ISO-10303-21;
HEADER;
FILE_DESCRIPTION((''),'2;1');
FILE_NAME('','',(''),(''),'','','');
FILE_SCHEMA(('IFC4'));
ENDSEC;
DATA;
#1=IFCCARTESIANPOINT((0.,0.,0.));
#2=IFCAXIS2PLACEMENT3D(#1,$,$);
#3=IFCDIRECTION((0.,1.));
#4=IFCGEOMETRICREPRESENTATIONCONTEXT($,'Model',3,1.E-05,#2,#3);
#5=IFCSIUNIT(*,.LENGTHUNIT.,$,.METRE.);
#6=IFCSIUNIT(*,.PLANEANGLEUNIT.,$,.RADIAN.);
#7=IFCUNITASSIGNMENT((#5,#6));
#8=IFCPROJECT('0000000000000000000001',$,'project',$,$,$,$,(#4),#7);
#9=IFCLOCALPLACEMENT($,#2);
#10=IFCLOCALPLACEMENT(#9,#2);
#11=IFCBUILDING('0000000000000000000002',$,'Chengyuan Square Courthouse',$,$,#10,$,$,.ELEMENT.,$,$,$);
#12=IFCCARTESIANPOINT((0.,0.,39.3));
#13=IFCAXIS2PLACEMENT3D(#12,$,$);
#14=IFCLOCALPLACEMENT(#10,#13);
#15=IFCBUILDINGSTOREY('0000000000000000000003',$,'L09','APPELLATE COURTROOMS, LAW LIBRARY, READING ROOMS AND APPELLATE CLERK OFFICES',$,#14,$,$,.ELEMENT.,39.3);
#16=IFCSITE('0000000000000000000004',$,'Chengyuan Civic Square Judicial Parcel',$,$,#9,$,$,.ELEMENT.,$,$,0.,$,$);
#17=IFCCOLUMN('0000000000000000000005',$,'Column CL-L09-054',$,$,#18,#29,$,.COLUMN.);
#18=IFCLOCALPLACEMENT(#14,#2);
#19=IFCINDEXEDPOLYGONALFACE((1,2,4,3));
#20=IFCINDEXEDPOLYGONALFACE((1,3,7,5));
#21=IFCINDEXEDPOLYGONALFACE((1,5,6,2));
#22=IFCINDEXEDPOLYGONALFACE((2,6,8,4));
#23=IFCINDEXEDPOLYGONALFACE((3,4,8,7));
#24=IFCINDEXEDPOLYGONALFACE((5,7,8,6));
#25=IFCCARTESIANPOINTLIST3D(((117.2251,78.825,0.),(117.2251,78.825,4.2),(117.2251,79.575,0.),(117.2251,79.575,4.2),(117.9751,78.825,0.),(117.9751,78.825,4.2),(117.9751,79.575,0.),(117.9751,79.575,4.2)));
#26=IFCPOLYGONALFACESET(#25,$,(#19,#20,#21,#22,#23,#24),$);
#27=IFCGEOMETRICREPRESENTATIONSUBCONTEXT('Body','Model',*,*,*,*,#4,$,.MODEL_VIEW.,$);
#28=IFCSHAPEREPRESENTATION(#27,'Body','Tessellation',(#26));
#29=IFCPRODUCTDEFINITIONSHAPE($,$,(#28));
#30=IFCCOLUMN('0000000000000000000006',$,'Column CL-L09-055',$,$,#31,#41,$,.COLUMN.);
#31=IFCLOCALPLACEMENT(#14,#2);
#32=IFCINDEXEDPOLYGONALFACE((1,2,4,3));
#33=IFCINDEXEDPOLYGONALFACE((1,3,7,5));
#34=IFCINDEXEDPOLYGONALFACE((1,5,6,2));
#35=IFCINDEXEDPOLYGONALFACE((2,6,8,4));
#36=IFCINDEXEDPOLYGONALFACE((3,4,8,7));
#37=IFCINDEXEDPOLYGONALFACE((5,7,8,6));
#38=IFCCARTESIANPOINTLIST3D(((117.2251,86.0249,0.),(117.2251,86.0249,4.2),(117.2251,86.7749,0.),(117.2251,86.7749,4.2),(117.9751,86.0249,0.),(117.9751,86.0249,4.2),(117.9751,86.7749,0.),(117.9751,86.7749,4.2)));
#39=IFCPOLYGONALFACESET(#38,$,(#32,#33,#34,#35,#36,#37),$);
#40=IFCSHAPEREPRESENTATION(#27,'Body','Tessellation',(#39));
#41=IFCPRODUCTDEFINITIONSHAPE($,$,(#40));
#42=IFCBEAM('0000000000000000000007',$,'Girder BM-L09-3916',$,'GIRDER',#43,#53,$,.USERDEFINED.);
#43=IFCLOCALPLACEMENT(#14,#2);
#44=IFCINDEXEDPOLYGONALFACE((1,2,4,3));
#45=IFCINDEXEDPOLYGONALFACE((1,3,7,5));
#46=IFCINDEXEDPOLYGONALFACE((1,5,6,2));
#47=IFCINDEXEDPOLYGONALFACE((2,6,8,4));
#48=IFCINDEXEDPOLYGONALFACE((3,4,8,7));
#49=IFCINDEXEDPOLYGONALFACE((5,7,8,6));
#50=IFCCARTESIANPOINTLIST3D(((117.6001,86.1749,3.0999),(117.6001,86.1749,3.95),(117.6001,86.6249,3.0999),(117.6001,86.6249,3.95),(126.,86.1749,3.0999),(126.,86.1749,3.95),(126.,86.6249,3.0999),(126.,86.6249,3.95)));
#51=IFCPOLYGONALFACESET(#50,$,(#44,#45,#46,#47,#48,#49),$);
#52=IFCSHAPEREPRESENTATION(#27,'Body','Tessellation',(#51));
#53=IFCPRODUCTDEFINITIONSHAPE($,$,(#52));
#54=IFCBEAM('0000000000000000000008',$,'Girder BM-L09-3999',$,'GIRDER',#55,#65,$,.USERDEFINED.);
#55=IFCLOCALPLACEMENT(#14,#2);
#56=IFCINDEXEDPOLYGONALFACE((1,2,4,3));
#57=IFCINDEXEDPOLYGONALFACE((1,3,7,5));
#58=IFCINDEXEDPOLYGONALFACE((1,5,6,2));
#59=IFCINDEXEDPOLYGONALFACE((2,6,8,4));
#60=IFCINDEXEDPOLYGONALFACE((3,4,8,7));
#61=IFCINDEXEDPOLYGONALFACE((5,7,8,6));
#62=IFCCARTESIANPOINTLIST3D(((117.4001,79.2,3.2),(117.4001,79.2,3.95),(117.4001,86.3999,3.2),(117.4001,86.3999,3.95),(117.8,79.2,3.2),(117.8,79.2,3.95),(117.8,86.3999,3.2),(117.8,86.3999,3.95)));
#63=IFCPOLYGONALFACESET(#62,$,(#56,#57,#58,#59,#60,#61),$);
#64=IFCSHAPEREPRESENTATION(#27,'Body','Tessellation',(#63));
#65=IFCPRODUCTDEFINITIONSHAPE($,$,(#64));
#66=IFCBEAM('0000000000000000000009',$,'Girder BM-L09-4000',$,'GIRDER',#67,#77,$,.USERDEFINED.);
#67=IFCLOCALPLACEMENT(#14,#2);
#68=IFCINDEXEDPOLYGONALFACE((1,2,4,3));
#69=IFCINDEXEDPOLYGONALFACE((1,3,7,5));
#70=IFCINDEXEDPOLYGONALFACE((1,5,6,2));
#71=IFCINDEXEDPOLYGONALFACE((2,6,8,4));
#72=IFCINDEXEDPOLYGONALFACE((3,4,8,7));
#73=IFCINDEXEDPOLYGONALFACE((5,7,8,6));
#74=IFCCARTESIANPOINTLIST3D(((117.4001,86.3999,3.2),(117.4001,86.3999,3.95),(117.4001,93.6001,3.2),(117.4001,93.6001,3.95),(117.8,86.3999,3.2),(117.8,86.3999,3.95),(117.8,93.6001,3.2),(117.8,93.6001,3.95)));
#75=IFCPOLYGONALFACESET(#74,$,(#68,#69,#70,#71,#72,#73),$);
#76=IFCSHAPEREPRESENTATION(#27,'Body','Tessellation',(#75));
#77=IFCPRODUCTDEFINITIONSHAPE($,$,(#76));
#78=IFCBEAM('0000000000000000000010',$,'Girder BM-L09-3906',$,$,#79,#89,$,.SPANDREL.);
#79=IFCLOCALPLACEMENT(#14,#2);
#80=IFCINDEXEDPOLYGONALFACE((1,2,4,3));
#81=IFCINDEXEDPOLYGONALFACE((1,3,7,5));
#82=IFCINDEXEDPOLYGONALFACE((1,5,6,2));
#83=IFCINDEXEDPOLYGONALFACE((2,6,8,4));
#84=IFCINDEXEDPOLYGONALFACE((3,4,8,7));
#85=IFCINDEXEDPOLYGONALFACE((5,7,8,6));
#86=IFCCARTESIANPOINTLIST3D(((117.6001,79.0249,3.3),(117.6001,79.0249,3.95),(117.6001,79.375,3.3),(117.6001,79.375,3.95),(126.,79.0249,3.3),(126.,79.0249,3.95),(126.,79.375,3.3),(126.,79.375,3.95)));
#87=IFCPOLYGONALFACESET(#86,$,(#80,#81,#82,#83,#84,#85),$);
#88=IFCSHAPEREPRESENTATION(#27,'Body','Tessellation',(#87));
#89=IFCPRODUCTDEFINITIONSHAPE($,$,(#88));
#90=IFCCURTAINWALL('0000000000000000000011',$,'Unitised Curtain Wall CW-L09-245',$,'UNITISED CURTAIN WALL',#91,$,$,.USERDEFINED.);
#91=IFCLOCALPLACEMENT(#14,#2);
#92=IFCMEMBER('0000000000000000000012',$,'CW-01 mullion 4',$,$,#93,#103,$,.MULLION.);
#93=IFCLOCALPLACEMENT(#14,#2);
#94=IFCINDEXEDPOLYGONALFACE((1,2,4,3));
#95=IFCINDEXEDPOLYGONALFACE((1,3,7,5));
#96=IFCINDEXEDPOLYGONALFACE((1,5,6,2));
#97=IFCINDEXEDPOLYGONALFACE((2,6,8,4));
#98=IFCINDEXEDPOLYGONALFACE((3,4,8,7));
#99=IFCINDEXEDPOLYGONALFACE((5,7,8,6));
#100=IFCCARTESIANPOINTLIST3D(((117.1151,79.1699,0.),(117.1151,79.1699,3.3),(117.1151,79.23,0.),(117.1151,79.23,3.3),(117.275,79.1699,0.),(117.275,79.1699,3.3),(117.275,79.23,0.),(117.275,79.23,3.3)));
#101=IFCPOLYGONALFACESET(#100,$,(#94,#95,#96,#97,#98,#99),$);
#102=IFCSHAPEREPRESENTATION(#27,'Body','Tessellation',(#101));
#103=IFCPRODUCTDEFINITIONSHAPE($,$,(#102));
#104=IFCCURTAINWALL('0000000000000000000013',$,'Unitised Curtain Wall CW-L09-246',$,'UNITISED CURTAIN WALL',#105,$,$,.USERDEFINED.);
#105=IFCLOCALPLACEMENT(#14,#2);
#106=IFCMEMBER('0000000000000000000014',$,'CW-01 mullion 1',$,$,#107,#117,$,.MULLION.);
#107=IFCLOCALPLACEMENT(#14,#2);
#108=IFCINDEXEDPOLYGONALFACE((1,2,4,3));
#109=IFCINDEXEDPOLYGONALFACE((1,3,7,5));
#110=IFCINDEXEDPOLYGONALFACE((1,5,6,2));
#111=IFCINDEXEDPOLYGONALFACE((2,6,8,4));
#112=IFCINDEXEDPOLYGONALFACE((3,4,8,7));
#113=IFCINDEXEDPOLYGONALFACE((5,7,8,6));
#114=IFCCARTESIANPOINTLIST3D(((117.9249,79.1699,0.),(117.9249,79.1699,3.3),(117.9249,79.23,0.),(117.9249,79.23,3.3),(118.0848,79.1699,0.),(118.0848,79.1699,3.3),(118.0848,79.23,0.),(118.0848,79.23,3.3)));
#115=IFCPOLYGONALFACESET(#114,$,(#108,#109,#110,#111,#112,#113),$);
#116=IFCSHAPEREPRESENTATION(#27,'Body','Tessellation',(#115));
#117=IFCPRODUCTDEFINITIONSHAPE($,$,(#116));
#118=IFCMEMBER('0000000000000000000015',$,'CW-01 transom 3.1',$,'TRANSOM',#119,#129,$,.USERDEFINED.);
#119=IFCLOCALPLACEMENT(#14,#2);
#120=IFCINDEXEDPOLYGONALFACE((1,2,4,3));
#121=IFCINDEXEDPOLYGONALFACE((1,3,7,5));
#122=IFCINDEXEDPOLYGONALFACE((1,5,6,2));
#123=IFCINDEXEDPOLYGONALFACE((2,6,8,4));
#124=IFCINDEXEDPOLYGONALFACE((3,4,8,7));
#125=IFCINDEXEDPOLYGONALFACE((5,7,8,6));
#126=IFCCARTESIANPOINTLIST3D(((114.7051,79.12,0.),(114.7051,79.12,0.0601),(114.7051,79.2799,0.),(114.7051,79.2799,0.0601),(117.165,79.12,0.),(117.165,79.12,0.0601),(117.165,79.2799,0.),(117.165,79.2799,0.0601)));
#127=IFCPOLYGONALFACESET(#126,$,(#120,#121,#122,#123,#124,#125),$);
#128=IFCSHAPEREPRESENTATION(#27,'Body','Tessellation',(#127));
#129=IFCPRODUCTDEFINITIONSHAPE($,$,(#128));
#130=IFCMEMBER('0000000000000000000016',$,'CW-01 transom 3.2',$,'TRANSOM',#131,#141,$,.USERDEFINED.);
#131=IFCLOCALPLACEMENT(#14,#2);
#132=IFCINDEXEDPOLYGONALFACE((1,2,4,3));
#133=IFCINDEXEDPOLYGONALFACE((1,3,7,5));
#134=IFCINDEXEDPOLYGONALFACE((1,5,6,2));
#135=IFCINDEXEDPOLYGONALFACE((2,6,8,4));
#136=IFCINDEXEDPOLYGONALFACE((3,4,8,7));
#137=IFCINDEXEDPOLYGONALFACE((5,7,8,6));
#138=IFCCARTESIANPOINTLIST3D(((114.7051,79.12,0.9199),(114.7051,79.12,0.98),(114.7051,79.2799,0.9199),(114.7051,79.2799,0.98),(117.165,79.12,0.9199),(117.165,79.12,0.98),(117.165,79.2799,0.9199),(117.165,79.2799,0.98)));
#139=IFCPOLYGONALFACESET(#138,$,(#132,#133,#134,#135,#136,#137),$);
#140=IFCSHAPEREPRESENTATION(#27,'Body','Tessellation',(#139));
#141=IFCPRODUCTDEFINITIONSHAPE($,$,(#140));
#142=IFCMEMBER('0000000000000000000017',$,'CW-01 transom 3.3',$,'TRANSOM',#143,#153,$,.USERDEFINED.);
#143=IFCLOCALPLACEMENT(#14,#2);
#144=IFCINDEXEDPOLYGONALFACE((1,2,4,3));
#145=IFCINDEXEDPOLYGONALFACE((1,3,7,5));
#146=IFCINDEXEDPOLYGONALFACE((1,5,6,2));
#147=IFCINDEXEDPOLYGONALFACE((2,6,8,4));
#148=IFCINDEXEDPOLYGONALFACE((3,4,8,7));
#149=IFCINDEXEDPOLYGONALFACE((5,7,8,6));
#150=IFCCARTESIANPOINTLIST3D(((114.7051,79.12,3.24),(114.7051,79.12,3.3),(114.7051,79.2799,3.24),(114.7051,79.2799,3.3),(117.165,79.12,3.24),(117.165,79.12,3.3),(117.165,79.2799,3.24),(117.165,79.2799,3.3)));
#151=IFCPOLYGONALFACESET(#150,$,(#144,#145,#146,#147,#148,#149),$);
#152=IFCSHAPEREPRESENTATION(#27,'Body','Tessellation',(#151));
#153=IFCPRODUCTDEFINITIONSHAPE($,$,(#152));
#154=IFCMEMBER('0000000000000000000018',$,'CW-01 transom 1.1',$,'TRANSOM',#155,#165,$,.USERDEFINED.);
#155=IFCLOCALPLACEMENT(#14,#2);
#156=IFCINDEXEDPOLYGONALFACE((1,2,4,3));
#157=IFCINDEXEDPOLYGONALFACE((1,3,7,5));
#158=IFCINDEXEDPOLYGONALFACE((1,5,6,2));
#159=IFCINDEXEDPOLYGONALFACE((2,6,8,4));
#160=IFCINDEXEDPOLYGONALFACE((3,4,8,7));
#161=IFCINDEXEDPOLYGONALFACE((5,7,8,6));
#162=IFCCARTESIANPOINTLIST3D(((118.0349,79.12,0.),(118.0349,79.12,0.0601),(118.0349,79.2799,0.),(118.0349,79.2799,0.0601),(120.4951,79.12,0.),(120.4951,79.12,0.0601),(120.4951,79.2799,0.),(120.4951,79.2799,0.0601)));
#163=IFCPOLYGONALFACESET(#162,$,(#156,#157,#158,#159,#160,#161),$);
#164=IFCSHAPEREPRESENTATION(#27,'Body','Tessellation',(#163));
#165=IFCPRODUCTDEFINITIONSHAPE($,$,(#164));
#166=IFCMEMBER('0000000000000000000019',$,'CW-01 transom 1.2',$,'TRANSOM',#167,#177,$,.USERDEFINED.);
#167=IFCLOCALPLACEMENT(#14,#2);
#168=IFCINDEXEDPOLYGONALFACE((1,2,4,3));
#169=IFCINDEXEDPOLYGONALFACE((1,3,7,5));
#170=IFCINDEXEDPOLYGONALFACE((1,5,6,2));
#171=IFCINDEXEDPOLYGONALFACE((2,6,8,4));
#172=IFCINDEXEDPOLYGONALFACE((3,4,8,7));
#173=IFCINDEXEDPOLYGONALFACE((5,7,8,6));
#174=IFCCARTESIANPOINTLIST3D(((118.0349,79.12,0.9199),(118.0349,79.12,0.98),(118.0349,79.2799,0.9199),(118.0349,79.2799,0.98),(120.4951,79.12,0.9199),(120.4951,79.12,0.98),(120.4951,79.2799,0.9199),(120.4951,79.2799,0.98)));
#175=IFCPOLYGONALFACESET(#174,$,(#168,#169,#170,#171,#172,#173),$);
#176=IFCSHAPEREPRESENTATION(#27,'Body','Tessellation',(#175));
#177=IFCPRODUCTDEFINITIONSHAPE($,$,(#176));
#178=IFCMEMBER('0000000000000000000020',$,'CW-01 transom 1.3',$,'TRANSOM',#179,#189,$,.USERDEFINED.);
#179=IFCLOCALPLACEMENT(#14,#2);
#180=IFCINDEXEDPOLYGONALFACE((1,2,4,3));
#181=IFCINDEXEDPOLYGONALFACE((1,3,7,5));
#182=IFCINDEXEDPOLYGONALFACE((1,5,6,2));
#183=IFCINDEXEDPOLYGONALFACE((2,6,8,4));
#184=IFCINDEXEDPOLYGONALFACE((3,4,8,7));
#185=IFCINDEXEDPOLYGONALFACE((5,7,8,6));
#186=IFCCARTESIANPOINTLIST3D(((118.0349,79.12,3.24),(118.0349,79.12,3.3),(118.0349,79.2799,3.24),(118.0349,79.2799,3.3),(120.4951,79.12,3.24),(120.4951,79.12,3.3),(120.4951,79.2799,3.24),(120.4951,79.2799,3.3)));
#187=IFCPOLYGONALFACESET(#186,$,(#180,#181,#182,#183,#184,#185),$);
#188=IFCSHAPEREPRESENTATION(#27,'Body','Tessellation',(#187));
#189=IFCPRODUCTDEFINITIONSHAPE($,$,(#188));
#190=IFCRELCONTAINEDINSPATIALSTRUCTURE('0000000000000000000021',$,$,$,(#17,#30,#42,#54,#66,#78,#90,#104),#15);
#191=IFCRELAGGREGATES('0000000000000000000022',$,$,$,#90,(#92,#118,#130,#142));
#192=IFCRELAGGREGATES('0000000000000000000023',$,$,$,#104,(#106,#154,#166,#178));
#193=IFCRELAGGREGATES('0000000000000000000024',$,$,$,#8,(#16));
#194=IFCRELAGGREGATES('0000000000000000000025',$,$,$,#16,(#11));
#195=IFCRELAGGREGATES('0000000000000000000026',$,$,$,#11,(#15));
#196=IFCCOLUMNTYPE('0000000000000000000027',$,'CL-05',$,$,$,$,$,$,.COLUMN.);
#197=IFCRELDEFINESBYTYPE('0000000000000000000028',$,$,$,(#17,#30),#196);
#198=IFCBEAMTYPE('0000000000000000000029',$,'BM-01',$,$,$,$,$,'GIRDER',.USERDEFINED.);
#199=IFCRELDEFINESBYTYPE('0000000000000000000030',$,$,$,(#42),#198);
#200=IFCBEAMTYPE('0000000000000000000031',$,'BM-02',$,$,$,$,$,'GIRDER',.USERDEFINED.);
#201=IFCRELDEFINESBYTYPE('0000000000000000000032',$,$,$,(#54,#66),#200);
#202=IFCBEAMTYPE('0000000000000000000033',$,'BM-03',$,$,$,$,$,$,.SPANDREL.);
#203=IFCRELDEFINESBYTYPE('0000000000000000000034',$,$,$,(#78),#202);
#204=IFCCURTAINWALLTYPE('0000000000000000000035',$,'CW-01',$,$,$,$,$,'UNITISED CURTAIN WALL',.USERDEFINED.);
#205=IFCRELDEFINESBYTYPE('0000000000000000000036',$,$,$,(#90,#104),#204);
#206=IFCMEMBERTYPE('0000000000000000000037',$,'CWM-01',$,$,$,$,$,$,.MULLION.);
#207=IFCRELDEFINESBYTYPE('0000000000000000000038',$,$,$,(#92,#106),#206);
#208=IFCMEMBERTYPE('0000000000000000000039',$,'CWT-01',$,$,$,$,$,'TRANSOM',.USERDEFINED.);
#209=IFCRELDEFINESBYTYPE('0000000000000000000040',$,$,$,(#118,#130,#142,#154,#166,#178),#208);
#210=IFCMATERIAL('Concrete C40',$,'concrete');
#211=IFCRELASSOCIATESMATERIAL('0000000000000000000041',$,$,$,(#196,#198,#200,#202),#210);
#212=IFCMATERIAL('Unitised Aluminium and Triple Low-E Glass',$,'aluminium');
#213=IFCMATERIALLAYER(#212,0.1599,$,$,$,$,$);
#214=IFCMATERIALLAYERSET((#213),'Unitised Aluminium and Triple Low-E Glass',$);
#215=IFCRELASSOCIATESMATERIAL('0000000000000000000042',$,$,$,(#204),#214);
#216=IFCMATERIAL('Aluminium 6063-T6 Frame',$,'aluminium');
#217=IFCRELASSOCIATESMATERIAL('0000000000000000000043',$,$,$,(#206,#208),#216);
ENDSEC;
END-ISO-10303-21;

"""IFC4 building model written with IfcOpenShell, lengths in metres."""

from ifc_helpers import new_model, si_unit, direction, frame, origin, origin_2d, place, context, subcontext, project, spatial, rectangle, extrude, material, layer, layer_set, material_profile, profile_set, type_object, element, aggregate, save


model = new_model("IFC4")

# Units and contexts
model_context = context("Model", 3, precision=1e-05, world=origin(), true_north=direction((0.0, 1.0)))
body_context = subcontext(model_context, "Body", "Model", "MODEL_VIEW")
ifc_project = project(units=[si_unit("LENGTHUNIT", "METRE"), si_unit("PLANEANGLEUNIT", "RADIAN")], contexts=[model_context])

# Site, building, storey
site_placement = place(None, origin())
site = spatial("IfcSite", under=ifc_project, at=site_placement, Name="Chengyuan Civic Square Judicial Parcel", CompositionType="ELEMENT", RefElevation=0.0)
building_placement = place(site_placement, origin())
building = spatial("IfcBuilding", under=site, at=building_placement, Name="Chengyuan Square Courthouse", CompositionType="ELEMENT")
storey_placement = place(building_placement, frame((0.0, 0.0, 39.3)))
storey = spatial("IfcBuildingStorey", under=building, at=storey_placement, Name="L09", Description="APPELLATE COURTROOMS, LAW LIBRARY, READING ROOMS AND APPELLATE CLERK OFFICES", CompositionType="ELEMENT", Elevation=39.3)

# Columns
ifc_material_1 = material(Name="Concrete C40", Category="concrete")
ifc_material_profile_1 = material_profile(ifc_material_1, rectangle(XDim=0.75, YDim=0.75, at=origin_2d()), Name="RC-COL-750x750")
ifc_profile_set_1 = profile_set([ifc_material_profile_1], Name="Concrete C40")
column_type = type_object("IfcColumnType", Name="CL-05", PredefinedType="COLUMN", material=ifc_profile_set_1)
for number, where, z_axis, x_axis, name in (
    (1, (117.6001, 79.2, 0.0), (0.0, 0.0, 1.0), (1.0, 0.0, 0.0), "Column CL-L09-054"),
    (2, (117.6001, 86.3999, 0.0), (0.0, 0.0, 1.0), (1.0, 0.0, 0.0), "Column CL-L09-055"),
):
    element("IfcColumn", number, at=place(storey_placement, frame(where, z_axis=z_axis, x_axis=x_axis)), inside=storey, type_object=column_type, Name=name, PredefinedType="COLUMN", context=body_context, shape_type="SweptSolid", body=[
        extrude(rectangle(XDim=0.75, YDim=0.75, at=origin_2d()), origin(), (0.0, 0.0, 1.0), 4.2),
    ])

# Beams
ifc_material_profile_2 = material_profile(ifc_material_1, rectangle(XDim=0.45, YDim=0.8501, at=origin_2d()), Name="RC-BM-450x850")
ifc_profile_set_2 = profile_set([ifc_material_profile_2], Name="Concrete C40")
beam_type_1 = type_object("IfcBeamType", Name="BM-01", ElementType="GIRDER", PredefinedType="USERDEFINED", material=ifc_profile_set_2)
beam_1_placement = place(storey_placement, frame((117.6001, 86.3999, 3.5249), z_axis=(1.0, 0.0, 0.0), x_axis=(0.0, 1.0, 0.0)))
element("IfcBeam", 3, at=beam_1_placement, inside=storey, type_object=beam_type_1, Name="Girder BM-L09-3916", ObjectType="GIRDER", PredefinedType="USERDEFINED", context=body_context, shape_type="SweptSolid", body=[
    extrude(rectangle(XDim=0.45, YDim=0.8501, at=origin_2d()), origin(), (0.0, 0.0, 1.0), 8.3999),
])
ifc_material_profile_3 = material_profile(ifc_material_1, rectangle(XDim=0.3999, YDim=0.75, at=origin_2d()), Name="RC-BM-400x750")
ifc_profile_set_3 = profile_set([ifc_material_profile_3], Name="Concrete C40")
beam_type_2 = type_object("IfcBeamType", Name="BM-02", ElementType="GIRDER", PredefinedType="USERDEFINED", material=ifc_profile_set_3)
beam_2_placement = place(storey_placement, frame((117.6001, 79.2, 3.575), z_axis=(0.0, 1.0, 0.0), x_axis=(-1.0, 0.0, 0.0)))
element("IfcBeam", 4, at=beam_2_placement, inside=storey, type_object=beam_type_2, Name="Girder BM-L09-3999", ObjectType="GIRDER", PredefinedType="USERDEFINED", context=body_context, shape_type="SweptSolid", body=[
    extrude(rectangle(XDim=0.3999, YDim=0.75, at=origin_2d()), origin(), (0.0, 0.0, 1.0), 7.2),
])
beam_3_placement = place(storey_placement, frame((117.6001, 86.3999, 3.575), z_axis=(0.0, 1.0, 0.0), x_axis=(-1.0, 0.0, 0.0)))
element("IfcBeam", 5, at=beam_3_placement, inside=storey, type_object=beam_type_2, Name="Girder BM-L09-4000", ObjectType="GIRDER", PredefinedType="USERDEFINED", context=body_context, shape_type="SweptSolid", body=[
    extrude(rectangle(XDim=0.3999, YDim=0.75, at=origin_2d()), origin(), (0.0, 0.0, 1.0), 7.2002),
])
ifc_material_profile_4 = material_profile(ifc_material_1, rectangle(XDim=0.3501, YDim=0.6499, at=origin_2d()), Name="RC-BM-350x650")
ifc_profile_set_4 = profile_set([ifc_material_profile_4], Name="Concrete C40")
beam_type_3 = type_object("IfcBeamType", Name="BM-03", PredefinedType="SPANDREL", material=ifc_profile_set_4)
beam_4_placement = place(storey_placement, frame((117.6001, 79.2, 3.625), z_axis=(1.0, 0.0, 0.0), x_axis=(0.0, 1.0, 0.0)))
element("IfcBeam", 6, at=beam_4_placement, inside=storey, type_object=beam_type_3, Name="Girder BM-L09-3906", PredefinedType="SPANDREL", context=body_context, shape_type="SweptSolid", body=[
    extrude(rectangle(XDim=0.3501, YDim=0.6499, at=origin_2d()), origin(), (0.0, 0.0, 1.0), 8.3999),
])

# Curtain walls, members
ifc_material_2 = material(Name="Unitised Aluminium and Triple Low-E Glass", Category="aluminium")
ifc_layer_1 = layer(ifc_material_2, 0.1599)
ifc_layer_set_1 = layer_set([ifc_layer_1], Name="Unitised Aluminium and Triple Low-E Glass")
curtain_wall_type = type_object("IfcCurtainWallType", Name="CW-01", ElementType="UNITISED CURTAIN WALL", PredefinedType="USERDEFINED", material=ifc_layer_set_1)
curtain_wall_1_placement = place(storey_placement, origin())
curtain_wall_1 = element("IfcCurtainWall", 7, at=curtain_wall_1_placement, inside=storey, type_object=curtain_wall_type, Name="Unitised Curtain Wall CW-L09-245", ObjectType="UNITISED CURTAIN WALL", PredefinedType="USERDEFINED")
ifc_material_3 = material(Name="Aluminium 6063-T6 Frame", Category="aluminium")
ifc_material_profile_5 = material_profile(ifc_material_3, rectangle(XDim=0.0601, YDim=0.1599, at=origin_2d()), Name="CW-MUL-60x160")
ifc_profile_set_5 = profile_set([ifc_material_profile_5], Name="Aluminium 6063-T6 Frame")
member_type_1 = type_object("IfcMemberType", Name="CWM-01", PredefinedType="MULLION", material=ifc_profile_set_5)
member_1_placement = place(storey_placement, frame((117.1951, 79.2, 0.0), z_axis=(0.0, 0.0, 1.0), x_axis=(0.0, 1.0, 0.0)))
member_1 = element("IfcMember", 8, at=member_1_placement, type_object=member_type_1, Name="CW-01 mullion 4", PredefinedType="MULLION", context=body_context, shape_type="SweptSolid", body=[
    extrude(rectangle(XDim=0.0601, YDim=0.1599, at=origin_2d()), origin(), (0.0, 0.0, 1.0), 3.3),
])
curtain_wall_2_placement = place(storey_placement, origin())
curtain_wall_2 = element("IfcCurtainWall", 9, at=curtain_wall_2_placement, inside=storey, type_object=curtain_wall_type, Name="Unitised Curtain Wall CW-L09-246", ObjectType="UNITISED CURTAIN WALL", PredefinedType="USERDEFINED")
member_2_placement = place(storey_placement, frame((118.0049, 79.2, 0.0), z_axis=(0.0, 0.0, 1.0), x_axis=(0.0, 1.0, 0.0)))
member_2 = element("IfcMember", 10, at=member_2_placement, type_object=member_type_1, Name="CW-01 mullion 1", PredefinedType="MULLION", context=body_context, shape_type="SweptSolid", body=[
    extrude(rectangle(XDim=0.0601, YDim=0.1599, at=origin_2d()), origin(), (0.0, 0.0, 1.0), 3.3),
])

# Members
ifc_material_profile_6 = material_profile(ifc_material_3, rectangle(XDim=0.1599, YDim=0.0601, at=origin_2d()), Name="CW-TRN-60x120")
ifc_profile_set_6 = profile_set([ifc_material_profile_6], Name="Aluminium 6063-T6 Frame")
member_type_2 = type_object("IfcMemberType", Name="CWT-01", ElementType="TRANSOM", PredefinedType="USERDEFINED", material=ifc_profile_set_6)
member_3_placement = place(storey_placement, frame((114.7051, 79.2, 0.03), z_axis=(1.0, 0.0, 0.0), x_axis=(0.0, 1.0, 0.0)))
member_3 = element("IfcMember", 11, at=member_3_placement, type_object=member_type_2, Name="CW-01 transom 3.1", ObjectType="TRANSOM", PredefinedType="USERDEFINED", context=body_context, shape_type="SweptSolid", body=[
    extrude(rectangle(XDim=0.1599, YDim=0.0601, at=origin_2d()), origin(), (0.0, 0.0, 1.0), 2.46),
])
member_4_placement = place(storey_placement, frame((114.7051, 79.2, 0.95), z_axis=(1.0, 0.0, 0.0), x_axis=(0.0, 1.0, 0.0)))
member_4 = element("IfcMember", 12, at=member_4_placement, type_object=member_type_2, Name="CW-01 transom 3.2", ObjectType="TRANSOM", PredefinedType="USERDEFINED", context=body_context, shape_type="SweptSolid", body=[
    extrude(rectangle(XDim=0.1599, YDim=0.0601, at=origin_2d()), origin(), (0.0, 0.0, 1.0), 2.46),
])
member_5_placement = place(storey_placement, frame((114.7051, 79.2, 3.27), z_axis=(1.0, 0.0, 0.0), x_axis=(0.0, 1.0, 0.0)))
member_5 = element("IfcMember", 13, at=member_5_placement, type_object=member_type_2, Name="CW-01 transom 3.3", ObjectType="TRANSOM", PredefinedType="USERDEFINED", context=body_context, shape_type="SweptSolid", body=[
    extrude(rectangle(XDim=0.1599, YDim=0.0601, at=origin_2d()), origin(), (0.0, 0.0, 1.0), 2.46),
])
member_6_placement = place(storey_placement, frame((118.0349, 79.2, 0.03), z_axis=(1.0, 0.0, 0.0), x_axis=(0.0, 1.0, 0.0)))
member_6 = element("IfcMember", 14, at=member_6_placement, type_object=member_type_2, Name="CW-01 transom 1.1", ObjectType="TRANSOM", PredefinedType="USERDEFINED", context=body_context, shape_type="SweptSolid", body=[
    extrude(rectangle(XDim=0.1599, YDim=0.0601, at=origin_2d()), origin(), (0.0, 0.0, 1.0), 2.4602),
])
member_7_placement = place(storey_placement, frame((118.0349, 79.2, 0.95), z_axis=(1.0, 0.0, 0.0), x_axis=(0.0, 1.0, 0.0)))
member_7 = element("IfcMember", 15, at=member_7_placement, type_object=member_type_2, Name="CW-01 transom 1.2", ObjectType="TRANSOM", PredefinedType="USERDEFINED", context=body_context, shape_type="SweptSolid", body=[
    extrude(rectangle(XDim=0.1599, YDim=0.0601, at=origin_2d()), origin(), (0.0, 0.0, 1.0), 2.4602),
])
member_8_placement = place(storey_placement, frame((118.0349, 79.2, 3.27), z_axis=(1.0, 0.0, 0.0), x_axis=(0.0, 1.0, 0.0)))
member_8 = element("IfcMember", 16, at=member_8_placement, type_object=member_type_2, Name="CW-01 transom 1.3", ObjectType="TRANSOM", PredefinedType="USERDEFINED", context=body_context, shape_type="SweptSolid", body=[
    extrude(rectangle(XDim=0.1599, YDim=0.0601, at=origin_2d()), origin(), (0.0, 0.0, 1.0), 2.4602),
])

aggregate(curtain_wall_1, [member_1, member_3, member_4, member_5])
aggregate(curtain_wall_2, [member_2, member_6, member_7, member_8])

save(model, "model.ifc")
